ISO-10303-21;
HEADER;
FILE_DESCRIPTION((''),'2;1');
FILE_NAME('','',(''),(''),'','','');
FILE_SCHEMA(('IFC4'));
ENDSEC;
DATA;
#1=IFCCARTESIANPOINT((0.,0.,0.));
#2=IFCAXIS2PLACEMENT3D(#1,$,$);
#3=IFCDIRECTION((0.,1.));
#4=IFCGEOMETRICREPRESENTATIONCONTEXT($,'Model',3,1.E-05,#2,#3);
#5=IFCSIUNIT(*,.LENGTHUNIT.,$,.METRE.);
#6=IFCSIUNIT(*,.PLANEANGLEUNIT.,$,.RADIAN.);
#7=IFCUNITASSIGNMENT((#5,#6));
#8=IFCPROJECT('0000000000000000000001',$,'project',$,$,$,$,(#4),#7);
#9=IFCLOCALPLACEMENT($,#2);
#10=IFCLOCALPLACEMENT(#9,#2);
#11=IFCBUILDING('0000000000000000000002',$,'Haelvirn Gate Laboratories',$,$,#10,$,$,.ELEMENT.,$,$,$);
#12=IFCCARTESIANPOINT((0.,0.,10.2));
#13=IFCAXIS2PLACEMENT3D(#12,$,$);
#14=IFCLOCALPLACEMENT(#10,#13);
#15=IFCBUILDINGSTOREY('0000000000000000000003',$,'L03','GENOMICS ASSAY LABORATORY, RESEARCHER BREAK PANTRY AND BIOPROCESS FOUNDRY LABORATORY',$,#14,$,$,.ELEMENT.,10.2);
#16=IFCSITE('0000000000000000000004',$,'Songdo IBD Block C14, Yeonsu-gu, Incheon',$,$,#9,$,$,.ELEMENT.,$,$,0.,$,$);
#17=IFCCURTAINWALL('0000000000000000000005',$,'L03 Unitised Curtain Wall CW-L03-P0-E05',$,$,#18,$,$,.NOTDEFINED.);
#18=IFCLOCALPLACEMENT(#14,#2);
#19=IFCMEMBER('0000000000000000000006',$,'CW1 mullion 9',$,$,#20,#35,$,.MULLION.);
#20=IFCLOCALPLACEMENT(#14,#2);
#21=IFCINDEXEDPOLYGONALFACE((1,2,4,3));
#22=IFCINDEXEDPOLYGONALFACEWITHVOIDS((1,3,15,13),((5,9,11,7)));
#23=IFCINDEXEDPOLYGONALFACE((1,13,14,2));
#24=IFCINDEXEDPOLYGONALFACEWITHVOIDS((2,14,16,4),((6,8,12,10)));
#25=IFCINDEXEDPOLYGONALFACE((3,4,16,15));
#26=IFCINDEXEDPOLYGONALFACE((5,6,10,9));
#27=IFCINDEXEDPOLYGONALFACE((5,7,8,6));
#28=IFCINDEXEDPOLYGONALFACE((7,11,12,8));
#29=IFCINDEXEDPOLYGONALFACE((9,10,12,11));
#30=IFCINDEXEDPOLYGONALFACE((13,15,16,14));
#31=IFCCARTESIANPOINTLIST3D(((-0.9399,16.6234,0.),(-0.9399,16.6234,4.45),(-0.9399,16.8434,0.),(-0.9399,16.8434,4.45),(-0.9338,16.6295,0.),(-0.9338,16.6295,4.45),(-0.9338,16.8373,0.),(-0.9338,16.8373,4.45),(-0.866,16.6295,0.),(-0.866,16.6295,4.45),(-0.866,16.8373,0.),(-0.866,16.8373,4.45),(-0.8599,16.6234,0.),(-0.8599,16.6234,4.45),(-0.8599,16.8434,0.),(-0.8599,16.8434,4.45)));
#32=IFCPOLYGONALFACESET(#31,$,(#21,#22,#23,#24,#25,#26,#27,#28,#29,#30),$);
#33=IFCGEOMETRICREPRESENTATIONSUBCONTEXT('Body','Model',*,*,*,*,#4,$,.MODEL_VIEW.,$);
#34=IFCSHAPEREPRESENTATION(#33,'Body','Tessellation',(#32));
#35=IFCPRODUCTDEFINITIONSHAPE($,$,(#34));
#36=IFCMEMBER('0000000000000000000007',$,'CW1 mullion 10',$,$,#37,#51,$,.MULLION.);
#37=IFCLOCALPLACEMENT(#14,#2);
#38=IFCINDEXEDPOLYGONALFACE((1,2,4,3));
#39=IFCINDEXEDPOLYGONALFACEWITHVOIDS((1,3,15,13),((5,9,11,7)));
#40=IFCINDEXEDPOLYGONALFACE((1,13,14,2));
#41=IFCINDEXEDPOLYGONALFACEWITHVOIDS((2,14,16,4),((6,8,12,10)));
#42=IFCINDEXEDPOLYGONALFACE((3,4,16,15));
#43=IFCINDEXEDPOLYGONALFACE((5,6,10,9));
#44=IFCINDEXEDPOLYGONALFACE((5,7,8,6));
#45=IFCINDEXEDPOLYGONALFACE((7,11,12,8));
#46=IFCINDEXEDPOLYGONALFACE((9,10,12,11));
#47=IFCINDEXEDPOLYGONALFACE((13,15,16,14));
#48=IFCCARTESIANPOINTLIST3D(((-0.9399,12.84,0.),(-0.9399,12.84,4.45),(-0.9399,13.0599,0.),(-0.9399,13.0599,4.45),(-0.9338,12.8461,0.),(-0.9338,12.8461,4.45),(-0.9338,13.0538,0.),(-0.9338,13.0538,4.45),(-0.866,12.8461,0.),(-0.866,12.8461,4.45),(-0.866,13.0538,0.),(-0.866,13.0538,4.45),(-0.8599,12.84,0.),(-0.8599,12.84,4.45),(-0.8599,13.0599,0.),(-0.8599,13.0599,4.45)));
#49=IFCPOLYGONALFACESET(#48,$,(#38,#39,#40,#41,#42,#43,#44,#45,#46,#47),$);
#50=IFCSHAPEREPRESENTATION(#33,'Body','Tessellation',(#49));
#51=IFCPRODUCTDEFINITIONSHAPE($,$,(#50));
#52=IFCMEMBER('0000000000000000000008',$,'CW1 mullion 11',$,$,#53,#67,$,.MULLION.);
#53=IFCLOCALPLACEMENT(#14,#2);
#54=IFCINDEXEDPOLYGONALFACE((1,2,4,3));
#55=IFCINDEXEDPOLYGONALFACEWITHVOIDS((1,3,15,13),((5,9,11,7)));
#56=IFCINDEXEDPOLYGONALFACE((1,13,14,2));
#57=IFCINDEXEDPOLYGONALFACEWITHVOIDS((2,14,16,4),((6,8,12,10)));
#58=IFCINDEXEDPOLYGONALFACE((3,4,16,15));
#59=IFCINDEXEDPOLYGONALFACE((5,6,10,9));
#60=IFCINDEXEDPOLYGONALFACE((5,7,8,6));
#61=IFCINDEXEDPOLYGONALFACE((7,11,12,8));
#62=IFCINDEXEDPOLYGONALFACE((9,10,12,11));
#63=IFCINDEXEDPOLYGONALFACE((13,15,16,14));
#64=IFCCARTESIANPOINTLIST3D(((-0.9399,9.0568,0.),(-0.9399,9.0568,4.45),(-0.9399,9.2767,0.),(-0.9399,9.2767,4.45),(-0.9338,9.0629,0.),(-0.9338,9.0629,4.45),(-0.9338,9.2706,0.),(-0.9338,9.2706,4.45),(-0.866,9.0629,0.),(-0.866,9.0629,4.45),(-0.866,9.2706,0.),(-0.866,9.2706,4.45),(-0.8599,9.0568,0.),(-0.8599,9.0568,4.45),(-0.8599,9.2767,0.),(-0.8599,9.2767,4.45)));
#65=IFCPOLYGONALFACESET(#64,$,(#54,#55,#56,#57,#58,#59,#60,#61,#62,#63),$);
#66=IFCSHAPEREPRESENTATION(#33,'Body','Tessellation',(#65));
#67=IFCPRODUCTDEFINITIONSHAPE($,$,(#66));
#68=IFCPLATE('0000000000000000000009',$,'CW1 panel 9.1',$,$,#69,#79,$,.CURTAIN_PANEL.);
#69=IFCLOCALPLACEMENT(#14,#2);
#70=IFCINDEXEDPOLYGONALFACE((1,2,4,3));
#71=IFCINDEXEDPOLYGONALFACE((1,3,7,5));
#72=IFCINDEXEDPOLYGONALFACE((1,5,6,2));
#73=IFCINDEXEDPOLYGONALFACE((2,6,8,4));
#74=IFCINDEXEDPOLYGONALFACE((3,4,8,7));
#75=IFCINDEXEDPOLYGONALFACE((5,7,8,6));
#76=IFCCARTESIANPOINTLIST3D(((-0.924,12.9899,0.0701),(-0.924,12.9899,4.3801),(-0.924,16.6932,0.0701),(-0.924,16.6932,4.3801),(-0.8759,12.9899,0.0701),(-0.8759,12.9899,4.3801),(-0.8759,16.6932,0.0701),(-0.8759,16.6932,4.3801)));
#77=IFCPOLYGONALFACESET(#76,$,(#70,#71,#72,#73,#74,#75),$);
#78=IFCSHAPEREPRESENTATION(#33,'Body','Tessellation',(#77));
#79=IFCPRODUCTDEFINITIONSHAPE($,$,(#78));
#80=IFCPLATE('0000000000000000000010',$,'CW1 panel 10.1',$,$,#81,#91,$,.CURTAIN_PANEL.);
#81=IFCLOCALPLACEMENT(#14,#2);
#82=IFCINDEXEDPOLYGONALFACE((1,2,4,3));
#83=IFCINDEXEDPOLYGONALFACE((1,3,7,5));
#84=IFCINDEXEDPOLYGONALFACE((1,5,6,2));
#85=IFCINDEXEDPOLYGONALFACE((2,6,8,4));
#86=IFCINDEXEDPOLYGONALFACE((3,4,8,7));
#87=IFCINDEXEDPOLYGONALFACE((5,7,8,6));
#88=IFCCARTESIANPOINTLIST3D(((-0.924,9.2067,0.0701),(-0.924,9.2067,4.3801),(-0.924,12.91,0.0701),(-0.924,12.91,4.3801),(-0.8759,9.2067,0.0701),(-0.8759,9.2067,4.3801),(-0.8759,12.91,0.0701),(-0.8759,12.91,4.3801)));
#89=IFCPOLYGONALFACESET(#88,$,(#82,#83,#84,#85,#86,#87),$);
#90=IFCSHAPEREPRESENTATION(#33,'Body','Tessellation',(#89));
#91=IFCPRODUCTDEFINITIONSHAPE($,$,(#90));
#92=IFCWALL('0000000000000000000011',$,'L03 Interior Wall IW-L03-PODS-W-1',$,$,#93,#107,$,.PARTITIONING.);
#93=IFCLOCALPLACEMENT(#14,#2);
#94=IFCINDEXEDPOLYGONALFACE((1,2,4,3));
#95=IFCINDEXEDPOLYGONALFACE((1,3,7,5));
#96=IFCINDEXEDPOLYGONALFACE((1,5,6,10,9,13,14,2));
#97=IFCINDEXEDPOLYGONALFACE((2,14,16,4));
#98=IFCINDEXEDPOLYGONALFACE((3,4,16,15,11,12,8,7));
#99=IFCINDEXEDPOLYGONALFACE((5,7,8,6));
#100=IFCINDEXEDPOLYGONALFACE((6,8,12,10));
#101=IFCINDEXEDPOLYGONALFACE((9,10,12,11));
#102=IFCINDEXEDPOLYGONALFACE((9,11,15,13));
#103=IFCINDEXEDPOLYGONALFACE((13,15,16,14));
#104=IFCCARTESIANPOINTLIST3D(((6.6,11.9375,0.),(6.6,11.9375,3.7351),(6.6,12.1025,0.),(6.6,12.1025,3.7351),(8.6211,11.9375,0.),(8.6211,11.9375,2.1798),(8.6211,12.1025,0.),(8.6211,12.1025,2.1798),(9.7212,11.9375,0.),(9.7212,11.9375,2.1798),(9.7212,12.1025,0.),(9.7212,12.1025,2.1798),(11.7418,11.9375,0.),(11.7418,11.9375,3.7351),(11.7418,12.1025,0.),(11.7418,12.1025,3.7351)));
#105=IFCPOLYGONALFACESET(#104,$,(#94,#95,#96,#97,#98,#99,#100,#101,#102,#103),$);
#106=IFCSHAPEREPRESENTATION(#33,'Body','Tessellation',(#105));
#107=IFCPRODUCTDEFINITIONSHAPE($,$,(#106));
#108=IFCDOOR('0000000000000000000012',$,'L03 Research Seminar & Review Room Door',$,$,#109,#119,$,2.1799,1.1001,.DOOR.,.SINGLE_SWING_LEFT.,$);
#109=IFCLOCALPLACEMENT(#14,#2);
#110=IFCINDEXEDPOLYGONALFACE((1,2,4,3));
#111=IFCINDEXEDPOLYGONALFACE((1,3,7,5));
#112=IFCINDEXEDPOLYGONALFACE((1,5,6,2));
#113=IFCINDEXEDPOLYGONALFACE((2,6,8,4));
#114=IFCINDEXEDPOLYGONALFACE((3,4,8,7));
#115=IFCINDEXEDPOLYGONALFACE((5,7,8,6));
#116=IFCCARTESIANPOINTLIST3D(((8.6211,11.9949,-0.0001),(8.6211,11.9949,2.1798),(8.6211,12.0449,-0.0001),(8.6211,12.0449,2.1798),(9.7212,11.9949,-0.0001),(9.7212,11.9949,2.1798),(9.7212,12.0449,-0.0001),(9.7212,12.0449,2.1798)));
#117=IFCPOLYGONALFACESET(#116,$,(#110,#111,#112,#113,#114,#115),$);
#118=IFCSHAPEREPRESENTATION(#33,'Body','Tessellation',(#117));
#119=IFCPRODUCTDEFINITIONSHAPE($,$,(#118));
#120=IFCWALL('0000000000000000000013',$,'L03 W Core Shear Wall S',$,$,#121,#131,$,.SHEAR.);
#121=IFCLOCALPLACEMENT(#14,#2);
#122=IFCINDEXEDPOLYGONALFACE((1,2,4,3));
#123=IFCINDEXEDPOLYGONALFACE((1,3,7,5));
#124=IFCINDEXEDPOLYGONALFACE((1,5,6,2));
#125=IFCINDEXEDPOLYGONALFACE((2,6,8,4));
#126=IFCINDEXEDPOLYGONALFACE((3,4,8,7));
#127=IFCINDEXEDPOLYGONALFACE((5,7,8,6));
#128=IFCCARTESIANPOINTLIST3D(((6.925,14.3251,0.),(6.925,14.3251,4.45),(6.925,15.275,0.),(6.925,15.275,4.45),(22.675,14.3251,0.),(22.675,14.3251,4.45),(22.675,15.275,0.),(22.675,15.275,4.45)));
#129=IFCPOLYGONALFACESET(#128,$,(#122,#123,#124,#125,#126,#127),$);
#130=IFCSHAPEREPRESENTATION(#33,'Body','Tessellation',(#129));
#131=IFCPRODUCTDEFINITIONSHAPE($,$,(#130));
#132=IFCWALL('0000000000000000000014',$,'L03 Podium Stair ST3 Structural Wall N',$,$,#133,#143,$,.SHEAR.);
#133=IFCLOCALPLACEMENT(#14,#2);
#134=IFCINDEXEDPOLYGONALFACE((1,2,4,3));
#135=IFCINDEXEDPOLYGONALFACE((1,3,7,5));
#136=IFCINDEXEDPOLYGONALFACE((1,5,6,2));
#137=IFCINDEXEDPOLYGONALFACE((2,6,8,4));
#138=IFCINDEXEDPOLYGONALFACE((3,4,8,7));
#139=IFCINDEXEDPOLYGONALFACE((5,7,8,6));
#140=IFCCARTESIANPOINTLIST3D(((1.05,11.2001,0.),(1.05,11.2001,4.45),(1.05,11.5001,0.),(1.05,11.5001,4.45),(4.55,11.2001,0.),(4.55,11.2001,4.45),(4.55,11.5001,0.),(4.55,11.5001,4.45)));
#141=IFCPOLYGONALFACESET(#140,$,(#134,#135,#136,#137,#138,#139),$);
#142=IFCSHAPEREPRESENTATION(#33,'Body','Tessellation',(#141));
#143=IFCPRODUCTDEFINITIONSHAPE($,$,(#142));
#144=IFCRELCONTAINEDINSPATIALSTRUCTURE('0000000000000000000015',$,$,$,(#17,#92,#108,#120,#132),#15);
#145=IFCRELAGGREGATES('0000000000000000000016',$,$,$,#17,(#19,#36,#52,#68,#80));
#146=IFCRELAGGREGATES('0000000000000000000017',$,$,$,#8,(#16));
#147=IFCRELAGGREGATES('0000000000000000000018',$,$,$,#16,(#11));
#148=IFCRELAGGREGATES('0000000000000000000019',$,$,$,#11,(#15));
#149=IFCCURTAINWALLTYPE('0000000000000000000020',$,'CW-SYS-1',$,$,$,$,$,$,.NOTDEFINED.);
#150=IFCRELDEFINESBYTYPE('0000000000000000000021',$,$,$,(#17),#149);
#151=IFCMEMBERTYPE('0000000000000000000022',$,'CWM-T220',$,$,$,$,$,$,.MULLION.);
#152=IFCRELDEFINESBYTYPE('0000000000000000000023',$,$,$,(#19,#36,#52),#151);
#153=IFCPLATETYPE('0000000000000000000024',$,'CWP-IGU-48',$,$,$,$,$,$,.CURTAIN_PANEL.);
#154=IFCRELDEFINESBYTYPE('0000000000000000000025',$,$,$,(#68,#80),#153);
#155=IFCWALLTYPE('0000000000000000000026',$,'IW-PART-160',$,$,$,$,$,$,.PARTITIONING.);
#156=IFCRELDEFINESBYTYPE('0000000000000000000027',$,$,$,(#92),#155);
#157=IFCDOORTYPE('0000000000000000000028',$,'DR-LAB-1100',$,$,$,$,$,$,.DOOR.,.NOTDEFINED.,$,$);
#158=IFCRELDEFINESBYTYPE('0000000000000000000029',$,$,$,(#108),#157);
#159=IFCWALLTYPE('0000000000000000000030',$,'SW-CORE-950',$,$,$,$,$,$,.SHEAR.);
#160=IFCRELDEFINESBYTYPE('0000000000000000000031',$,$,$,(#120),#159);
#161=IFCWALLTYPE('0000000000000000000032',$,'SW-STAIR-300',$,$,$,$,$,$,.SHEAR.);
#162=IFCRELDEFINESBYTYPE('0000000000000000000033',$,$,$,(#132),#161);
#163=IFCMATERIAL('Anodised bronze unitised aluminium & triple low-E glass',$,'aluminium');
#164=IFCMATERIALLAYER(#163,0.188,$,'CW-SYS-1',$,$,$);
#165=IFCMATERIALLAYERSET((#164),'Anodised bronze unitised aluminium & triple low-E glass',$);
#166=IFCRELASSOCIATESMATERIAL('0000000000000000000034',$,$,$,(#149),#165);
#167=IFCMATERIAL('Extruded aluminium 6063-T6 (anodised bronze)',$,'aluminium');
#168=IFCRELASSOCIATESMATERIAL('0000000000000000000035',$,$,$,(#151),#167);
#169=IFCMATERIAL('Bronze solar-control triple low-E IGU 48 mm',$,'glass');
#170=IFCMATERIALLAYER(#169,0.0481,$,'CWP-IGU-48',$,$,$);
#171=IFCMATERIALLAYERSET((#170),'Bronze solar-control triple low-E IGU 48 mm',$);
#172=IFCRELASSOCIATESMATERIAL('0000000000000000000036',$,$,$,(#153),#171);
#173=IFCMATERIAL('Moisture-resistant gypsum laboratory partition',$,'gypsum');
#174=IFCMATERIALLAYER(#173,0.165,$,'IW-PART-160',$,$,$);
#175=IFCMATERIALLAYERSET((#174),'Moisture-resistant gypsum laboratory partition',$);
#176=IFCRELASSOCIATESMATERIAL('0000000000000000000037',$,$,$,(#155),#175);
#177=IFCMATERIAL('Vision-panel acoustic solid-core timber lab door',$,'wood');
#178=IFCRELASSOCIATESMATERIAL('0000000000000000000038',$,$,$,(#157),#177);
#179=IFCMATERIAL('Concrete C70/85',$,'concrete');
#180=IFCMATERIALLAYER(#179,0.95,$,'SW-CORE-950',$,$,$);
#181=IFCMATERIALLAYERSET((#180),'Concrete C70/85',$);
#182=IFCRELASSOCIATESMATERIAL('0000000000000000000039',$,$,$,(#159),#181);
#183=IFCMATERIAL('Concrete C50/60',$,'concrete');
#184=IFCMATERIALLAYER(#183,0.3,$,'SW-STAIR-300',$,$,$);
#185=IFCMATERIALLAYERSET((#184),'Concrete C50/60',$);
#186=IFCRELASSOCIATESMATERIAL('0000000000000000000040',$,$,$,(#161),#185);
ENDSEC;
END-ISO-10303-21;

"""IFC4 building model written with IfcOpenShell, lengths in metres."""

from ifc_helpers import new_model, si_unit, direction, frame, frame_2d, origin, origin_2d, place, context, subcontext, project, spatial, rectangle, hollow_rectangle, extrude, source, transform, mapped, material, layer, layer_set, material_profile, profile_set, type_object, type_shapes, element, fill, aggregate, save


model = new_model("IFC4")

# Units and contexts
model_context = context("Model", 3, precision=1e-05, world=origin(), true_north=direction((0.0, 1.0)))
body_context = subcontext(model_context, "Body", "Model", "MODEL_VIEW")
ifc_project = project(units=[si_unit("LENGTHUNIT", "METRE"), si_unit("PLANEANGLEUNIT", "RADIAN")], contexts=[model_context])

# Site, building, storey
site_placement = place(None, origin())
site = spatial("IfcSite", under=ifc_project, at=site_placement, Name="Songdo IBD Block C14, Yeonsu-gu, Incheon", CompositionType="ELEMENT", RefElevation=0.0)
building_placement = place(site_placement, origin())
building = spatial("IfcBuilding", under=site, at=building_placement, Name="Haelvirn Gate Laboratories", CompositionType="ELEMENT")
storey_placement = place(building_placement, frame((0.0, 0.0, 10.2)))
storey = spatial("IfcBuildingStorey", under=building, at=storey_placement, Name="L03", Description="GENOMICS ASSAY LABORATORY, RESEARCHER BREAK PANTRY AND BIOPROCESS FOUNDRY LABORATORY", CompositionType="ELEMENT", Elevation=10.2)

# Shared definitions
ifc_material_1 = material(Name="Concrete C70/85", Category="concrete")

# Curtain wall, members, plates
ifc_material_2 = material(Name="Anodised bronze unitised aluminium & triple low-E glass", Category="aluminium")
ifc_layer_1 = layer(ifc_material_2, 0.188, Name="CW-SYS-1")
ifc_layer_set_1 = layer_set([ifc_layer_1], Name="Anodised bronze unitised aluminium & triple low-E glass")
curtain_wall_type = type_object("IfcCurtainWallType", Name="CW-SYS-1", PredefinedType="NOTDEFINED", material=ifc_layer_set_1)
curtain_wall_placement = place(storey_placement, origin())
curtain_wall = element("IfcCurtainWall", 1, at=curtain_wall_placement, inside=storey, type_object=curtain_wall_type, Name="L03 Unitised Curtain Wall CW-L03-P0-E05", PredefinedType="NOTDEFINED")
ifc_material_3 = material(Name="Extruded aluminium 6063-T6 (anodised bronze)", Category="aluminium")
ifc_material_profile_1 = material_profile(ifc_material_3, hollow_rectangle(XDim=0.0801, YDim=0.22, WallThickness=0.0061, at=origin_2d()), Name="CWM-220x80x6")
ifc_profile_set_1 = profile_set([ifc_material_profile_1], Name="Extruded aluminium 6063-T6 (anodised bronze)")
member_type_1 = type_object("IfcMemberType", Name="CWM-T220", PredefinedType="MULLION", material=ifc_profile_set_1)
shared_shape_1 = source(origin(), body_context, "Body", "SweptSolid", [
    extrude(hollow_rectangle(XDim=0.0801, YDim=0.22, WallThickness=0.0061, at=origin_2d()), origin(), (0.0, 0.0, 1.0), 4.45),
])
type_shapes(member_type_1, [shared_shape_1])
member_1_placement = place(storey_placement, frame((-0.8999, 16.7334, 0.0), z_axis=(0.0, 0.0, 1.0), x_axis=(1.0, 0.0, 0.0)))
member_1 = element("IfcMember", 2, at=member_1_placement, type_object=member_type_1, Name="CW1 mullion 9", PredefinedType="MULLION", context=body_context, shape_type="MappedRepresentation", body=[
    mapped(shared_shape_1, transform((0.0, 0.0, 0.0), scale=1.0)),
])
member_2_placement = place(storey_placement, frame((-0.8999, 12.95, 0.0), z_axis=(0.0, 0.0, 1.0), x_axis=(1.0, 0.0, 0.0)))
member_2 = element("IfcMember", 3, at=member_2_placement, type_object=member_type_1, Name="CW1 mullion 10", PredefinedType="MULLION", context=body_context, shape_type="MappedRepresentation", body=[
    mapped(shared_shape_1, transform((0.0, 0.0, 0.0), scale=1.0)),
])
member_3_placement = place(storey_placement, frame((-0.8999, 9.1667, 0.0), z_axis=(0.0, 0.0, 1.0), x_axis=(1.0, 0.0, 0.0)))
member_3 = element("IfcMember", 4, at=member_3_placement, type_object=member_type_1, Name="CW1 mullion 11", PredefinedType="MULLION", context=body_context, shape_type="MappedRepresentation", body=[
    mapped(shared_shape_1, transform((0.0, 0.0, 0.0), scale=1.0)),
])
ifc_material_4 = material(Name="Bronze solar-control triple low-E IGU 48 mm", Category="glass")
ifc_layer_2 = layer(ifc_material_4, 0.0481, Name="CWP-IGU-48")
ifc_layer_set_2 = layer_set([ifc_layer_2], Name="Bronze solar-control triple low-E IGU 48 mm")
plate_type = type_object("IfcPlateType", Name="CWP-IGU-48", PredefinedType="CURTAIN_PANEL", material=ifc_layer_set_2)
shared_shape_2 = source(origin(), body_context, "Body", "SweptSolid", [
    extrude(rectangle(XDim=3.7034, YDim=0.0481, at=origin_2d()), origin(), (0.0, 0.0, 1.0), 4.3101),
])
type_shapes(plate_type, [shared_shape_2])
plate_1_placement = place(storey_placement, frame((-0.8999, 14.8416, 0.0701), z_axis=(0.0, 0.0, 1.0), x_axis=(0.0, -1.0, 0.0)))
plate_1 = element("IfcPlate", 5, at=plate_1_placement, type_object=plate_type, Name="CW1 panel 9.1", PredefinedType="CURTAIN_PANEL", context=body_context, shape_type="MappedRepresentation", body=[
    mapped(shared_shape_2, transform((0.0, 0.0, 0.0), scale=1.0)),
])
plate_2_placement = place(storey_placement, frame((-0.8999, 11.0583, 0.0701), z_axis=(0.0, 0.0, 1.0), x_axis=(0.0, -1.0, 0.0)))
plate_2 = element("IfcPlate", 6, at=plate_2_placement, type_object=plate_type, Name="CW1 panel 10.1", PredefinedType="CURTAIN_PANEL", context=body_context, shape_type="MappedRepresentation", body=[
    mapped(shared_shape_2, transform((0.0, 0.0, 0.0), scale=1.0)),
])
aggregate(curtain_wall, [member_1, member_2, member_3, plate_1, plate_2])

# Wall, opening, door
ifc_material_5 = material(Name="Moisture-resistant gypsum laboratory partition", Category="gypsum")
ifc_layer_3 = layer(ifc_material_5, 0.165, Name="IW-PART-160")
ifc_layer_set_3 = layer_set([ifc_layer_3], Name="Moisture-resistant gypsum laboratory partition")
wall_type_1 = type_object("IfcWallType", Name="IW-PART-160", PredefinedType="PARTITIONING", material=ifc_layer_set_3)
wall_1_placement = place(storey_placement, frame((6.6001, 12.02, 0.0), z_axis=(0.0, 0.0, 1.0), x_axis=(1.0, 0.0, 0.0)))
wall_1 = element("IfcWall", 7, at=wall_1_placement, inside=storey, type_object=wall_type_1, Name="L03 Interior Wall IW-L03-PODS-W-1", PredefinedType="PARTITIONING", context=body_context, shape_type="SweptSolid", body=[
    extrude(rectangle(XDim=5.1418, YDim=0.165, at=frame_2d((2.5708, 0.0))), origin(), (0.0, 0.0, 1.0), 3.7351),
])
opening_1_placement = place(wall_1_placement, frame((2.021, 0.0, 0.0)))
opening_1 = element("IfcOpeningElement", 8, at=opening_1_placement, cuts=wall_1, PredefinedType="OPENING", context=body_context, shape_type="SweptSolid", body=[
    extrude(rectangle(XDim=1.1001, YDim=2.1799, at=frame_2d((0.55, 1.0898))), frame((0.0, 0.0925, 0.0), z_axis=(0.0, -1.0, 0.0), x_axis=(1.0, 0.0, 0.0)), (0.0, 0.0, 1.0), 0.1851),
])
ifc_material_6 = material(Name="Vision-panel acoustic solid-core timber lab door", Category="wood")
door_type_1 = type_object("IfcDoorType", Name="DR-LAB-1100", OperationType="NOTDEFINED", PredefinedType="DOOR", material=ifc_material_6)
shared_shape_3 = source(origin(), body_context, "Body", "SweptSolid", [
    extrude(rectangle(XDim=1.1001, YDim=2.1799, at=frame_2d((0.55, 1.0898))), frame((0.0, 0.0249, 0.0), z_axis=(0.0, -1.0, 0.0), x_axis=(1.0, 0.0, 0.0)), (0.0, 0.0, 1.0), 0.05),
])
type_shapes(door_type_1, [shared_shape_3])
door_1_placement = place(opening_1_placement, origin())
door_1 = element("IfcDoor", 9, at=door_1_placement, inside=storey, type_object=door_type_1, Name="L03 Research Seminar & Review Room Door", OperationType="SINGLE_SWING_LEFT", OverallHeight=2.1799, OverallWidth=1.1001, PredefinedType="DOOR", context=body_context, shape_type="MappedRepresentation", body=[
    mapped(shared_shape_3, transform((0.0, 0.0, 0.0), scale=1.0)),
])
fill(opening_1, door_1)

# Walls
ifc_layer_4 = layer(ifc_material_1, 0.95, Name="SW-CORE-950")
ifc_layer_set_4 = layer_set([ifc_layer_4], Name="Concrete C70/85")
wall_type_2 = type_object("IfcWallType", Name="SW-CORE-950", PredefinedType="SHEAR", material=ifc_layer_set_4)
wall_2_placement = place(storey_placement, frame((6.925, 14.8, 0.0), z_axis=(0.0, 0.0, 1.0), x_axis=(1.0, 0.0, 0.0)))
element("IfcWall", 10, at=wall_2_placement, inside=storey, type_object=wall_type_2, Name="L03 W Core Shear Wall S", PredefinedType="SHEAR", context=body_context, shape_type="SweptSolid", body=[
    extrude(rectangle(XDim=15.75, YDim=0.95, at=frame_2d((7.875, 0.0))), origin(), (0.0, 0.0, 1.0), 4.45),
])
ifc_material_7 = material(Name="Concrete C50/60", Category="concrete")
ifc_layer_5 = layer(ifc_material_7, 0.3, Name="SW-STAIR-300")
ifc_layer_set_5 = layer_set([ifc_layer_5], Name="Concrete C50/60")
wall_type_3 = type_object("IfcWallType", Name="SW-STAIR-300", PredefinedType="SHEAR", material=ifc_layer_set_5)
wall_3_placement = place(storey_placement, frame((1.05, 11.3501, 0.0), z_axis=(0.0, 0.0, 1.0), x_axis=(1.0, 0.0, 0.0)))
element("IfcWall", 11, at=wall_3_placement, inside=storey, type_object=wall_type_3, Name="L03 Podium Stair ST3 Structural Wall N", PredefinedType="SHEAR", context=body_context, shape_type="SweptSolid", body=[
    extrude(rectangle(XDim=3.5, YDim=0.3, at=frame_2d((1.75, 0.0))), origin(), (0.0, 0.0, 1.0), 4.45),
])

save(model, "model.ifc")
